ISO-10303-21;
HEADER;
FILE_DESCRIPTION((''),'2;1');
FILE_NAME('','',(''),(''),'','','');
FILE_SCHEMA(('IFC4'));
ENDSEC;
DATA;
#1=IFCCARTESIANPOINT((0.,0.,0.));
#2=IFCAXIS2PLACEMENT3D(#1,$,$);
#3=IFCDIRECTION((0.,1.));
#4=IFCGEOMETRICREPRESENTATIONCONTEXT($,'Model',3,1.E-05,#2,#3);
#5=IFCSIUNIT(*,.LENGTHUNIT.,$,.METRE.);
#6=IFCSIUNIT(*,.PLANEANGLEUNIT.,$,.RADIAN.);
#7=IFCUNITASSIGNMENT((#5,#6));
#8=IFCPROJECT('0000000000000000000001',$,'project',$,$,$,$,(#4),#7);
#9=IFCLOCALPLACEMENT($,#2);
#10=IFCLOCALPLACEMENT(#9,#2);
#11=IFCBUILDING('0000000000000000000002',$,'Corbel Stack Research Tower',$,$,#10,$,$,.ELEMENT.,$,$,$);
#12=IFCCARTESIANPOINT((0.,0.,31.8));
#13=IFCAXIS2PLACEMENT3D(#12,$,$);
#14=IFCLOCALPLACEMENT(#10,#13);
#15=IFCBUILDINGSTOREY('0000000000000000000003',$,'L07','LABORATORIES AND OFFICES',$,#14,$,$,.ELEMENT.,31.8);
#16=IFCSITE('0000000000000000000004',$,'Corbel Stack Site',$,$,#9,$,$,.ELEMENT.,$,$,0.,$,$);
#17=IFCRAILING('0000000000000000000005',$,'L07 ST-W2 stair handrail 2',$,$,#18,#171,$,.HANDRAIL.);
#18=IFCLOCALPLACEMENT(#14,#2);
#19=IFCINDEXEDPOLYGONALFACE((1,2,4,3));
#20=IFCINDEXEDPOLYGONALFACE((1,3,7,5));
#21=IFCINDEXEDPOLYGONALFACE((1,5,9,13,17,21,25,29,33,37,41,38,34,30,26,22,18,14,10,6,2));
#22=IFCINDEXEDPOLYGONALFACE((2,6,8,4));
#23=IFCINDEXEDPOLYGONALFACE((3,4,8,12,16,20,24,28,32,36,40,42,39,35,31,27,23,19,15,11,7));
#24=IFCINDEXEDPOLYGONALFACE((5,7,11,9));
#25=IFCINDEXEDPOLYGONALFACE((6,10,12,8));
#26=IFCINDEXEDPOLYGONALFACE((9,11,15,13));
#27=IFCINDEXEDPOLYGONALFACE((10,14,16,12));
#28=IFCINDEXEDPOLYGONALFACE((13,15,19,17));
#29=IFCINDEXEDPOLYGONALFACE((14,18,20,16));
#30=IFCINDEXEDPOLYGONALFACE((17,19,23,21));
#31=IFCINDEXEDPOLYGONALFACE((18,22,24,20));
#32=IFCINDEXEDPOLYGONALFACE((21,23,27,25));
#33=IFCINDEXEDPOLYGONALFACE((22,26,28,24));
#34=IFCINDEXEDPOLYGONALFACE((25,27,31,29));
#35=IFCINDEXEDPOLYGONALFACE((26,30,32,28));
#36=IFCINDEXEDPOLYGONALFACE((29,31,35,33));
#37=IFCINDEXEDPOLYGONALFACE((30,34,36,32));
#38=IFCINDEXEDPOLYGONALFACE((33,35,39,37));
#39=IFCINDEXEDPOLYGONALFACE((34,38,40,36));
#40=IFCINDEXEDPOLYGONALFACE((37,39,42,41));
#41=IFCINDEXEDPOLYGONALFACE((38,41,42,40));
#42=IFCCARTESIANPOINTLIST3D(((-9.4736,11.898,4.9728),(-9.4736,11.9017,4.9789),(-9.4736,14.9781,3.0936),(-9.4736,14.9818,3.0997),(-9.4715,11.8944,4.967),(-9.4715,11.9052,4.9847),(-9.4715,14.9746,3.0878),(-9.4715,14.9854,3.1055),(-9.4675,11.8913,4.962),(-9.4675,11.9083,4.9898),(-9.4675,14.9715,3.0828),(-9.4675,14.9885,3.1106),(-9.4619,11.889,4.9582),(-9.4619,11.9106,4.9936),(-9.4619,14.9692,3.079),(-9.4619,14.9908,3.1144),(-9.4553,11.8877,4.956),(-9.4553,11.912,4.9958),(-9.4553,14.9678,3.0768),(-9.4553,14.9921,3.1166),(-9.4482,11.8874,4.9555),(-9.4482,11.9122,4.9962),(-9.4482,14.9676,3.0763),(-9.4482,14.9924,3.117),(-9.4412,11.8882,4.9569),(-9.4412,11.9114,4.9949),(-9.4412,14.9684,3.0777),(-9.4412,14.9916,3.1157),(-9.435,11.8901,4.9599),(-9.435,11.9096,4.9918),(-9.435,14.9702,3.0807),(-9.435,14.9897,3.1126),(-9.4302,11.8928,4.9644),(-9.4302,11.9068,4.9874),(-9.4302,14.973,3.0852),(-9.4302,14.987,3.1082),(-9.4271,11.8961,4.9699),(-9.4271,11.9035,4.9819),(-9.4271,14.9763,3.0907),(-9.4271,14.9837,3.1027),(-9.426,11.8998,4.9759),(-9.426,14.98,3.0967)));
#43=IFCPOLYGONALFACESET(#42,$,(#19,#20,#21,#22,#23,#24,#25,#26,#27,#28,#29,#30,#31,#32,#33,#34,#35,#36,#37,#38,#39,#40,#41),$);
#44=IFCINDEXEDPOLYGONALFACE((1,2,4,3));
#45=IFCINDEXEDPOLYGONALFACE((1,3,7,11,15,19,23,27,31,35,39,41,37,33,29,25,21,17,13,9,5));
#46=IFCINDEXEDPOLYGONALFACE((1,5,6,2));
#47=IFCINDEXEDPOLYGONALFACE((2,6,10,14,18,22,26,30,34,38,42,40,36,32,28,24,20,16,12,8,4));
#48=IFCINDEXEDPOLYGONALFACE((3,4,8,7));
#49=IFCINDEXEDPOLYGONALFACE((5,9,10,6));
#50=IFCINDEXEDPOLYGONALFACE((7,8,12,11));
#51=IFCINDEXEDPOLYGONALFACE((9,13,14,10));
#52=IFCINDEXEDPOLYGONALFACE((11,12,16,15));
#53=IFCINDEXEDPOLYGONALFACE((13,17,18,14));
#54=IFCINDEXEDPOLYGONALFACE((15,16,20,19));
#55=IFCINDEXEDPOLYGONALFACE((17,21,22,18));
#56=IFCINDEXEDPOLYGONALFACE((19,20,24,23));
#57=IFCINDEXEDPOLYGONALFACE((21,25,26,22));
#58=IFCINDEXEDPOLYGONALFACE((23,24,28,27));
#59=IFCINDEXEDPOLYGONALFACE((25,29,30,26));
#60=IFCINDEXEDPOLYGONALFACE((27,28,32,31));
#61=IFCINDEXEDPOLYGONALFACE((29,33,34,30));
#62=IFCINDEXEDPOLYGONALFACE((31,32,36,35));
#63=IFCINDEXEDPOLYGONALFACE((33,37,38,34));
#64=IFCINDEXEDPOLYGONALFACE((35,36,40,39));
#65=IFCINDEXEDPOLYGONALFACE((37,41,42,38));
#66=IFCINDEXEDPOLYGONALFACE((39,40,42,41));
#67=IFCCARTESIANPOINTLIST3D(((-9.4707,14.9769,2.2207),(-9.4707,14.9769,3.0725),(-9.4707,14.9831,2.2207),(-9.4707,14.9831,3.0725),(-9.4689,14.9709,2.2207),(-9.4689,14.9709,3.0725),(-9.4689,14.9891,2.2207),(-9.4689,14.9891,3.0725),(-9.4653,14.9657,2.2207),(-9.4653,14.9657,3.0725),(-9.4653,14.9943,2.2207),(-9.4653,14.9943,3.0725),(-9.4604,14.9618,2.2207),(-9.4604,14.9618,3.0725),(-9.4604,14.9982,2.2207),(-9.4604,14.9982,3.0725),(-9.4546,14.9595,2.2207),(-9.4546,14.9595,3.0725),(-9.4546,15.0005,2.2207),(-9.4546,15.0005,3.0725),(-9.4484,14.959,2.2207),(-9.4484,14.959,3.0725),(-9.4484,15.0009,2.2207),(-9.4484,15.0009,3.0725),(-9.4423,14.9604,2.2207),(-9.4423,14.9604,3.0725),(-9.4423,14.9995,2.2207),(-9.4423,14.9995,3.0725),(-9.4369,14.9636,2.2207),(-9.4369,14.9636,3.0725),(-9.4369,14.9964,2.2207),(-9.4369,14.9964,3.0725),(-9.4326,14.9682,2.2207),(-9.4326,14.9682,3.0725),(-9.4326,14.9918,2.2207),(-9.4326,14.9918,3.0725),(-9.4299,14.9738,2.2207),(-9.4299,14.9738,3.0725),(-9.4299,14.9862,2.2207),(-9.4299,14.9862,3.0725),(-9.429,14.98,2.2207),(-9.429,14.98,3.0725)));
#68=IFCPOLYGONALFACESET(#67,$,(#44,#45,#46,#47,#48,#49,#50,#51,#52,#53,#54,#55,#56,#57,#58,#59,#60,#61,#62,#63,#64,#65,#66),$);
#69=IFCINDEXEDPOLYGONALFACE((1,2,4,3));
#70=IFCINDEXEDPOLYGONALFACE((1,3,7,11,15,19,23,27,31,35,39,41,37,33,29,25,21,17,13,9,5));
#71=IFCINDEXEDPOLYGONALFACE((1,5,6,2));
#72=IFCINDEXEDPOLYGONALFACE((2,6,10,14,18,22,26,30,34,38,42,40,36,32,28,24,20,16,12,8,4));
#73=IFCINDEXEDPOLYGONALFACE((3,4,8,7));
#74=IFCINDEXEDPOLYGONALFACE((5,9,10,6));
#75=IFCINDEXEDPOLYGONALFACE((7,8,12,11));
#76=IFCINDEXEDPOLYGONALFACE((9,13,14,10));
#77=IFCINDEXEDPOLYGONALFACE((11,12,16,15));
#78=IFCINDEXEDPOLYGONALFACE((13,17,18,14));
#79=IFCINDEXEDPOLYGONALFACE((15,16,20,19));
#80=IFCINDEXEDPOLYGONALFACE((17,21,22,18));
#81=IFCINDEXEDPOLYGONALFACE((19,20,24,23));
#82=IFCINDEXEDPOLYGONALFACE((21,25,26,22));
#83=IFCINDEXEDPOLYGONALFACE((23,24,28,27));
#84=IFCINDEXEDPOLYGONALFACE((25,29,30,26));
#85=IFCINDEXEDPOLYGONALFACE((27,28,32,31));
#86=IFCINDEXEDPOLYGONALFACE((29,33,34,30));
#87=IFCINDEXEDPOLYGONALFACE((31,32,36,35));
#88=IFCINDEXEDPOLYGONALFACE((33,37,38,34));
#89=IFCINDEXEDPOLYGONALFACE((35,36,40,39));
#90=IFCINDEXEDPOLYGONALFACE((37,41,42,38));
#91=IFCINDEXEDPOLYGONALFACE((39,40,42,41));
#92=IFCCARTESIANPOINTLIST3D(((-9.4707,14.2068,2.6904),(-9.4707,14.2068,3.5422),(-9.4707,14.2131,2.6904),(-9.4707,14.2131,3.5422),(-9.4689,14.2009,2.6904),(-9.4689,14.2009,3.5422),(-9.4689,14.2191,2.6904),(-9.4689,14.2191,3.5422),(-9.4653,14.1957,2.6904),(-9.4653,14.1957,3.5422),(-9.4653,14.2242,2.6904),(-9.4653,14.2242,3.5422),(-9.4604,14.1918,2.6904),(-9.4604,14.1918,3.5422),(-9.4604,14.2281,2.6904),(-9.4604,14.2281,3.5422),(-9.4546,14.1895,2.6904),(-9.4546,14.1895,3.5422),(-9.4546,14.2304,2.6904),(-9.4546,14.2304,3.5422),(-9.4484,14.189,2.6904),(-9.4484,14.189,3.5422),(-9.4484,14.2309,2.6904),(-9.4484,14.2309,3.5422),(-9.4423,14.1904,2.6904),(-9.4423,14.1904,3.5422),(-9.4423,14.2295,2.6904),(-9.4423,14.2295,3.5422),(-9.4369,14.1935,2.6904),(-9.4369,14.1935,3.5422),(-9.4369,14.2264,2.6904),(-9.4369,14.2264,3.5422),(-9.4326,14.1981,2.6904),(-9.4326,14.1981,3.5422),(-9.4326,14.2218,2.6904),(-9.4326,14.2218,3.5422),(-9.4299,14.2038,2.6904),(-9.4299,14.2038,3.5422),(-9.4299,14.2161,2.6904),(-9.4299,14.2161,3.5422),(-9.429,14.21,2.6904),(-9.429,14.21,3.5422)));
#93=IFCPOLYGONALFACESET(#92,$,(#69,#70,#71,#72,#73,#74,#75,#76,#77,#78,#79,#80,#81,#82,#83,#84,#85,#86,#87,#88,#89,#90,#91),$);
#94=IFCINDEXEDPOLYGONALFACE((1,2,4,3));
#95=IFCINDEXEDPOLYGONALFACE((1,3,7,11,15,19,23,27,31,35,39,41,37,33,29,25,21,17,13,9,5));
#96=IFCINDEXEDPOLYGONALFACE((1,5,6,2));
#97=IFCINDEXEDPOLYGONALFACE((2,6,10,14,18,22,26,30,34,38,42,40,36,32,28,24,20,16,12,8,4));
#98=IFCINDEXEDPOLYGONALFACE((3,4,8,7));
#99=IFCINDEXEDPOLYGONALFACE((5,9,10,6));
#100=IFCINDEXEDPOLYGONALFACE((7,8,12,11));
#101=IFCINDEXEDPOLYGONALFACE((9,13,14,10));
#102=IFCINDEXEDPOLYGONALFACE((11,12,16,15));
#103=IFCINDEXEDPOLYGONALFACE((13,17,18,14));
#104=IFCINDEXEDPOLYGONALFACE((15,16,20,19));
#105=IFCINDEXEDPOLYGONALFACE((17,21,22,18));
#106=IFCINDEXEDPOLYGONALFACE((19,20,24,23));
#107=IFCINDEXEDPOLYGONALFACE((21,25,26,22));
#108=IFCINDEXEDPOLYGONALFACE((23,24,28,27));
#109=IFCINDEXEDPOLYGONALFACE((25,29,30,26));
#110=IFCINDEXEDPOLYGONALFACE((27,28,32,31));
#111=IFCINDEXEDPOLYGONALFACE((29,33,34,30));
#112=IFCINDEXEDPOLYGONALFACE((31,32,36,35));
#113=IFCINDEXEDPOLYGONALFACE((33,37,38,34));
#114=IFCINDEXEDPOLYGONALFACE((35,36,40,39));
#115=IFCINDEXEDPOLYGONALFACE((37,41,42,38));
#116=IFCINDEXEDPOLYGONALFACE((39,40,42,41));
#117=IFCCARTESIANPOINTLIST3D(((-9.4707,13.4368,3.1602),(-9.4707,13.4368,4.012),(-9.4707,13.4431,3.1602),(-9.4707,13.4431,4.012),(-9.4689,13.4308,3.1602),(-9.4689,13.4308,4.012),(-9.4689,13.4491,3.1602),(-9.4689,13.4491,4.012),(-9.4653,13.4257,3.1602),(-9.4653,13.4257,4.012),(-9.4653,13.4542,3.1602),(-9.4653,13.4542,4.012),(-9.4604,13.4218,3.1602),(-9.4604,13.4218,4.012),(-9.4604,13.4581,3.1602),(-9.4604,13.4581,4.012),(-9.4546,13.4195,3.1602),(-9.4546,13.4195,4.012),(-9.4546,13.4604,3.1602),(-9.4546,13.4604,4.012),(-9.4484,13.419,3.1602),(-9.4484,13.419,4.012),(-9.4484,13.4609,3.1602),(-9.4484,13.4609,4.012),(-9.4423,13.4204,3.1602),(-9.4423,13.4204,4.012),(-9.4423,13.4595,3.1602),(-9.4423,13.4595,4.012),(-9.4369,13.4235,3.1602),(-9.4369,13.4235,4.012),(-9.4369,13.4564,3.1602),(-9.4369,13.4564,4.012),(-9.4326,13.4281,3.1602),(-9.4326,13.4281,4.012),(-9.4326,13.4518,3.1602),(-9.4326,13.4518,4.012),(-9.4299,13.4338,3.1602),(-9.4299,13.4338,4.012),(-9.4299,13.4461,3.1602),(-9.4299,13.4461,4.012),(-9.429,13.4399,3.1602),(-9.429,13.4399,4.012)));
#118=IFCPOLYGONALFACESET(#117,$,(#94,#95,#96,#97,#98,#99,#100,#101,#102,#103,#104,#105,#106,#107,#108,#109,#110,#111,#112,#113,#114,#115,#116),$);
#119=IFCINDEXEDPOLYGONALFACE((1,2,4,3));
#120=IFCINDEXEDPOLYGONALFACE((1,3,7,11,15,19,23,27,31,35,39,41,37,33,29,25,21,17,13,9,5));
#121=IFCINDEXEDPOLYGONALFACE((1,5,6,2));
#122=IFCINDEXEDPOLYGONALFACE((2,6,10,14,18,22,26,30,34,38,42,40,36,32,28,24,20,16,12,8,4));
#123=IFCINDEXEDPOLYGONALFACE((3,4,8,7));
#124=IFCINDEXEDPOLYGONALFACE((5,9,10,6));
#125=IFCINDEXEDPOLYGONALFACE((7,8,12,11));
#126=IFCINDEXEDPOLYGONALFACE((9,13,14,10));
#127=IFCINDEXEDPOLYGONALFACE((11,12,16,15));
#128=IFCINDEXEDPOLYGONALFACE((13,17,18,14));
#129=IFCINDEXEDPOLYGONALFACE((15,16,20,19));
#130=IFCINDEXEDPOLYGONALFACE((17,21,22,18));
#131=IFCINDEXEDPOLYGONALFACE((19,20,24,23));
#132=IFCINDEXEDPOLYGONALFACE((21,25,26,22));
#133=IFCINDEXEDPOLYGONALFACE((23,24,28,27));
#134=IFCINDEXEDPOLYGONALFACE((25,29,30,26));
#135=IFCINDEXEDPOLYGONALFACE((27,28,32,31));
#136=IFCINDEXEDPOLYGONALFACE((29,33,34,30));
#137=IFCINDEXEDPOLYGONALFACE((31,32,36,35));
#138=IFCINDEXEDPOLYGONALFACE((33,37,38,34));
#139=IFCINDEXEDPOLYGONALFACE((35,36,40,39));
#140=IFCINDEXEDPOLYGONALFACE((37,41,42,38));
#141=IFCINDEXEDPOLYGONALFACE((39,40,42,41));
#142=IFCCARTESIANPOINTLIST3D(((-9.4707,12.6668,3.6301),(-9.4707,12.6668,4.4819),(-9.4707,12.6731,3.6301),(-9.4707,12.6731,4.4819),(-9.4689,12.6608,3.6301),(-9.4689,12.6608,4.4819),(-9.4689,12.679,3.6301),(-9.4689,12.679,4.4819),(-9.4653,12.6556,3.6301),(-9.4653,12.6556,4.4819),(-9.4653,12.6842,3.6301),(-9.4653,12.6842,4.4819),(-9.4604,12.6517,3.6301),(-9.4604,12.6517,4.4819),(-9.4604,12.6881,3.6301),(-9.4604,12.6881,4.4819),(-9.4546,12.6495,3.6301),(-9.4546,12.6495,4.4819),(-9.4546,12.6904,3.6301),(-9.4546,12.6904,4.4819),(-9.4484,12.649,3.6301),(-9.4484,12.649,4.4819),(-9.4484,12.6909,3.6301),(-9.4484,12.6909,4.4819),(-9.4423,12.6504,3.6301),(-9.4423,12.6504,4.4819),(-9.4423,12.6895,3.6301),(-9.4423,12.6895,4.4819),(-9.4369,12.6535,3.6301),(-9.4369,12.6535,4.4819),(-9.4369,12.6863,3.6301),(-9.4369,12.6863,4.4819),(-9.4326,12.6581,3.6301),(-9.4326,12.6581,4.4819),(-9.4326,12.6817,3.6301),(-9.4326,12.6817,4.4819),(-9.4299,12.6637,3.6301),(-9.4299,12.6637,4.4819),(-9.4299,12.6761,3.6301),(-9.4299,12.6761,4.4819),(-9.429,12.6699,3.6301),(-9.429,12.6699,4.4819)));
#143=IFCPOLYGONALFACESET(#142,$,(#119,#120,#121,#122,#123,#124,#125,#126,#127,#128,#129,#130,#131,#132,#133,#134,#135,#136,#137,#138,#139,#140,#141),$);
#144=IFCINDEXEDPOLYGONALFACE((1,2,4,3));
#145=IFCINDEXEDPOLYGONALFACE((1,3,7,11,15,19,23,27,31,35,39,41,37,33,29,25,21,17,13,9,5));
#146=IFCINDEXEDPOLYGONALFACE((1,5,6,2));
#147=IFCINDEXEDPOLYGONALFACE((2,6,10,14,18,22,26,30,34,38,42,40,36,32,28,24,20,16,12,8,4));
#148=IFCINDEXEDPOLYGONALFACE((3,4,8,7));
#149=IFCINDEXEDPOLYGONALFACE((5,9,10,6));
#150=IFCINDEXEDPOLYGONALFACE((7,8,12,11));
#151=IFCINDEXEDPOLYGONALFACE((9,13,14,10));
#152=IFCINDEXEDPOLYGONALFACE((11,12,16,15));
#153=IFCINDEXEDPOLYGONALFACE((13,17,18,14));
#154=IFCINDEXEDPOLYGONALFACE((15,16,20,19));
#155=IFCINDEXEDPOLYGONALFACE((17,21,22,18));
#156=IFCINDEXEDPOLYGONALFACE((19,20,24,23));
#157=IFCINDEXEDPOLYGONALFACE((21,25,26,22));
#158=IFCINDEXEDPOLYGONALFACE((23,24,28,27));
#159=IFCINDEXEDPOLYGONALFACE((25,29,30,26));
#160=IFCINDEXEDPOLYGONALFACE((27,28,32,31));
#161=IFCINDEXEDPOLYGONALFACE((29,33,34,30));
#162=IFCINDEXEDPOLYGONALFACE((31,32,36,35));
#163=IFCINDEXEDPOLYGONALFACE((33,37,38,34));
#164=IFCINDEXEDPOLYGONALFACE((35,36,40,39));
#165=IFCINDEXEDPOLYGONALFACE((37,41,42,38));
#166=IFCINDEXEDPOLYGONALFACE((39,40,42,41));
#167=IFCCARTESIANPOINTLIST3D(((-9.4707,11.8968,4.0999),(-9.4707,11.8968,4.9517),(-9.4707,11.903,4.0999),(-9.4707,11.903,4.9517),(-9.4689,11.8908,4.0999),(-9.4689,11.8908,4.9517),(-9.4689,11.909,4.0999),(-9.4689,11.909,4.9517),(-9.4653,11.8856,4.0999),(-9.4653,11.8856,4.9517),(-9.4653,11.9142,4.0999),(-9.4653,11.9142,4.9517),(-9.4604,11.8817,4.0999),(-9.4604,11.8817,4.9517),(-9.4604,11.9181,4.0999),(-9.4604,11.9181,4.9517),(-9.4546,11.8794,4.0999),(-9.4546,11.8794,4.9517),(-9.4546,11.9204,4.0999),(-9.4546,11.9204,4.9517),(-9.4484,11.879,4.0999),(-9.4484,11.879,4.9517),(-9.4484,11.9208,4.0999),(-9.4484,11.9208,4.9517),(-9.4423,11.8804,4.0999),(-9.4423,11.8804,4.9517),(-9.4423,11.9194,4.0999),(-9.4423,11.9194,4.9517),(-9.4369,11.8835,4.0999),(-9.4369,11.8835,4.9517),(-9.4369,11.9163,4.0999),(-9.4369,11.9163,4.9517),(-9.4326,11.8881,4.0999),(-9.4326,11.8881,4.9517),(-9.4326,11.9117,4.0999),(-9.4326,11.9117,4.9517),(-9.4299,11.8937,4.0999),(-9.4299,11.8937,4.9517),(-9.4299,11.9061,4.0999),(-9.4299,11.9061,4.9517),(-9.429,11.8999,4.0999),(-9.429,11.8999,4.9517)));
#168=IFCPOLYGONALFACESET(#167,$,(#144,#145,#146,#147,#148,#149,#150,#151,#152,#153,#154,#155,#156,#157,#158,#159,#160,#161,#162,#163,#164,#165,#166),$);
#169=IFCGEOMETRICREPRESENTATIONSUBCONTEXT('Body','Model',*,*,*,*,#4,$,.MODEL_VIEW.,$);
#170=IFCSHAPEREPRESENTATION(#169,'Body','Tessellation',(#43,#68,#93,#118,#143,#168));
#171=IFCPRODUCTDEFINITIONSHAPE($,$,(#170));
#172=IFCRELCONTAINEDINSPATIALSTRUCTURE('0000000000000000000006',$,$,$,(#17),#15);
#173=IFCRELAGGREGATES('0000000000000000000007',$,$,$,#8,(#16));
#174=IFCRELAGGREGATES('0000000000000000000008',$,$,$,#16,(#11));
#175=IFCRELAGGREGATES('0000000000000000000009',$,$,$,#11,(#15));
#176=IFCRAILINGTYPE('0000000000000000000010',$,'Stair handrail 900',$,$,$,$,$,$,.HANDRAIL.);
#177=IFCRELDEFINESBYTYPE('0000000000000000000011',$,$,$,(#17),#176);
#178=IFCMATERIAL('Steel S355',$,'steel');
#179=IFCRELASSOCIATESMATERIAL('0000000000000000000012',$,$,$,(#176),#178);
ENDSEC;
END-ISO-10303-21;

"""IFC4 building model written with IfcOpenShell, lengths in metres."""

from ifc_helpers import new_model, si_unit, direction, frame, origin, origin_2d, place, context, subcontext, project, spatial, circle, extrude, material, type_object, element, save


model = new_model("IFC4")

# Units and contexts
model_context = context("Model", 3, precision=1e-05, world=origin(), true_north=direction((0.0, 1.0)))
body_context = subcontext(model_context, "Body", "Model", "MODEL_VIEW")
ifc_project = project(units=[si_unit("LENGTHUNIT", "METRE"), si_unit("PLANEANGLEUNIT", "RADIAN")], contexts=[model_context])

# Site, building, storey
site_placement = place(None, origin())
site = spatial("IfcSite", under=ifc_project, at=site_placement, Name="Corbel Stack Site", CompositionType="ELEMENT", RefElevation=0.0)
building_placement = place(site_placement, origin())
building = spatial("IfcBuilding", under=site, at=building_placement, Name="Corbel Stack Research Tower", CompositionType="ELEMENT")
storey_placement = place(building_placement, frame((0.0, 0.0, 31.8)))
storey = spatial("IfcBuildingStorey", under=building, at=storey_placement, Name="L07", Description="LABORATORIES AND OFFICES", CompositionType="ELEMENT", Elevation=31.8)

# Railing
ifc_material_1 = material(Name="Steel S355", Category="steel")
railing_type_1 = type_object("IfcRailingType", Name="Stair handrail 900", PredefinedType="HANDRAIL", material=ifc_material_1)
railing_1_placement = place(storey_placement, frame((-9.45, 14.98, 2.2207)))
element("IfcRailing", 1, at=railing_1_placement, inside=storey, type_object=railing_type_1, Name="L07 ST-W2 stair handrail 2", PredefinedType="HANDRAIL", context=body_context, shape_type="SweptSolid", body=[
    extrude(circle(Radius=0.0239, at=origin_2d()), frame((0.0, 0.0, 0.876), z_axis=(0.0, -0.853666, 0.52082), x_axis=(1.0, 0.0, 0.0)), (0.0, 0.0, 1.0), 3.6082),
    extrude(circle(Radius=0.021, at=origin_2d()), origin(), (0.0, 0.0, 1.0), 0.8518),
    extrude(circle(Radius=0.021, at=origin_2d()), frame((0.0, -0.77, 0.4697)), (0.0, 0.0, 1.0), 0.8518),
    extrude(circle(Radius=0.021, at=origin_2d()), frame((0.0, -1.54, 0.9395)), (0.0, 0.0, 1.0), 0.8518),
    extrude(circle(Radius=0.021, at=origin_2d()), frame((0.0, -2.3101, 1.4094)), (0.0, 0.0, 1.0), 0.8518),
    extrude(circle(Radius=0.021, at=origin_2d()), frame((0.0, -3.0801, 1.8792)), (0.0, 0.0, 1.0), 0.8518),
])

save(model, "model.ifc")
